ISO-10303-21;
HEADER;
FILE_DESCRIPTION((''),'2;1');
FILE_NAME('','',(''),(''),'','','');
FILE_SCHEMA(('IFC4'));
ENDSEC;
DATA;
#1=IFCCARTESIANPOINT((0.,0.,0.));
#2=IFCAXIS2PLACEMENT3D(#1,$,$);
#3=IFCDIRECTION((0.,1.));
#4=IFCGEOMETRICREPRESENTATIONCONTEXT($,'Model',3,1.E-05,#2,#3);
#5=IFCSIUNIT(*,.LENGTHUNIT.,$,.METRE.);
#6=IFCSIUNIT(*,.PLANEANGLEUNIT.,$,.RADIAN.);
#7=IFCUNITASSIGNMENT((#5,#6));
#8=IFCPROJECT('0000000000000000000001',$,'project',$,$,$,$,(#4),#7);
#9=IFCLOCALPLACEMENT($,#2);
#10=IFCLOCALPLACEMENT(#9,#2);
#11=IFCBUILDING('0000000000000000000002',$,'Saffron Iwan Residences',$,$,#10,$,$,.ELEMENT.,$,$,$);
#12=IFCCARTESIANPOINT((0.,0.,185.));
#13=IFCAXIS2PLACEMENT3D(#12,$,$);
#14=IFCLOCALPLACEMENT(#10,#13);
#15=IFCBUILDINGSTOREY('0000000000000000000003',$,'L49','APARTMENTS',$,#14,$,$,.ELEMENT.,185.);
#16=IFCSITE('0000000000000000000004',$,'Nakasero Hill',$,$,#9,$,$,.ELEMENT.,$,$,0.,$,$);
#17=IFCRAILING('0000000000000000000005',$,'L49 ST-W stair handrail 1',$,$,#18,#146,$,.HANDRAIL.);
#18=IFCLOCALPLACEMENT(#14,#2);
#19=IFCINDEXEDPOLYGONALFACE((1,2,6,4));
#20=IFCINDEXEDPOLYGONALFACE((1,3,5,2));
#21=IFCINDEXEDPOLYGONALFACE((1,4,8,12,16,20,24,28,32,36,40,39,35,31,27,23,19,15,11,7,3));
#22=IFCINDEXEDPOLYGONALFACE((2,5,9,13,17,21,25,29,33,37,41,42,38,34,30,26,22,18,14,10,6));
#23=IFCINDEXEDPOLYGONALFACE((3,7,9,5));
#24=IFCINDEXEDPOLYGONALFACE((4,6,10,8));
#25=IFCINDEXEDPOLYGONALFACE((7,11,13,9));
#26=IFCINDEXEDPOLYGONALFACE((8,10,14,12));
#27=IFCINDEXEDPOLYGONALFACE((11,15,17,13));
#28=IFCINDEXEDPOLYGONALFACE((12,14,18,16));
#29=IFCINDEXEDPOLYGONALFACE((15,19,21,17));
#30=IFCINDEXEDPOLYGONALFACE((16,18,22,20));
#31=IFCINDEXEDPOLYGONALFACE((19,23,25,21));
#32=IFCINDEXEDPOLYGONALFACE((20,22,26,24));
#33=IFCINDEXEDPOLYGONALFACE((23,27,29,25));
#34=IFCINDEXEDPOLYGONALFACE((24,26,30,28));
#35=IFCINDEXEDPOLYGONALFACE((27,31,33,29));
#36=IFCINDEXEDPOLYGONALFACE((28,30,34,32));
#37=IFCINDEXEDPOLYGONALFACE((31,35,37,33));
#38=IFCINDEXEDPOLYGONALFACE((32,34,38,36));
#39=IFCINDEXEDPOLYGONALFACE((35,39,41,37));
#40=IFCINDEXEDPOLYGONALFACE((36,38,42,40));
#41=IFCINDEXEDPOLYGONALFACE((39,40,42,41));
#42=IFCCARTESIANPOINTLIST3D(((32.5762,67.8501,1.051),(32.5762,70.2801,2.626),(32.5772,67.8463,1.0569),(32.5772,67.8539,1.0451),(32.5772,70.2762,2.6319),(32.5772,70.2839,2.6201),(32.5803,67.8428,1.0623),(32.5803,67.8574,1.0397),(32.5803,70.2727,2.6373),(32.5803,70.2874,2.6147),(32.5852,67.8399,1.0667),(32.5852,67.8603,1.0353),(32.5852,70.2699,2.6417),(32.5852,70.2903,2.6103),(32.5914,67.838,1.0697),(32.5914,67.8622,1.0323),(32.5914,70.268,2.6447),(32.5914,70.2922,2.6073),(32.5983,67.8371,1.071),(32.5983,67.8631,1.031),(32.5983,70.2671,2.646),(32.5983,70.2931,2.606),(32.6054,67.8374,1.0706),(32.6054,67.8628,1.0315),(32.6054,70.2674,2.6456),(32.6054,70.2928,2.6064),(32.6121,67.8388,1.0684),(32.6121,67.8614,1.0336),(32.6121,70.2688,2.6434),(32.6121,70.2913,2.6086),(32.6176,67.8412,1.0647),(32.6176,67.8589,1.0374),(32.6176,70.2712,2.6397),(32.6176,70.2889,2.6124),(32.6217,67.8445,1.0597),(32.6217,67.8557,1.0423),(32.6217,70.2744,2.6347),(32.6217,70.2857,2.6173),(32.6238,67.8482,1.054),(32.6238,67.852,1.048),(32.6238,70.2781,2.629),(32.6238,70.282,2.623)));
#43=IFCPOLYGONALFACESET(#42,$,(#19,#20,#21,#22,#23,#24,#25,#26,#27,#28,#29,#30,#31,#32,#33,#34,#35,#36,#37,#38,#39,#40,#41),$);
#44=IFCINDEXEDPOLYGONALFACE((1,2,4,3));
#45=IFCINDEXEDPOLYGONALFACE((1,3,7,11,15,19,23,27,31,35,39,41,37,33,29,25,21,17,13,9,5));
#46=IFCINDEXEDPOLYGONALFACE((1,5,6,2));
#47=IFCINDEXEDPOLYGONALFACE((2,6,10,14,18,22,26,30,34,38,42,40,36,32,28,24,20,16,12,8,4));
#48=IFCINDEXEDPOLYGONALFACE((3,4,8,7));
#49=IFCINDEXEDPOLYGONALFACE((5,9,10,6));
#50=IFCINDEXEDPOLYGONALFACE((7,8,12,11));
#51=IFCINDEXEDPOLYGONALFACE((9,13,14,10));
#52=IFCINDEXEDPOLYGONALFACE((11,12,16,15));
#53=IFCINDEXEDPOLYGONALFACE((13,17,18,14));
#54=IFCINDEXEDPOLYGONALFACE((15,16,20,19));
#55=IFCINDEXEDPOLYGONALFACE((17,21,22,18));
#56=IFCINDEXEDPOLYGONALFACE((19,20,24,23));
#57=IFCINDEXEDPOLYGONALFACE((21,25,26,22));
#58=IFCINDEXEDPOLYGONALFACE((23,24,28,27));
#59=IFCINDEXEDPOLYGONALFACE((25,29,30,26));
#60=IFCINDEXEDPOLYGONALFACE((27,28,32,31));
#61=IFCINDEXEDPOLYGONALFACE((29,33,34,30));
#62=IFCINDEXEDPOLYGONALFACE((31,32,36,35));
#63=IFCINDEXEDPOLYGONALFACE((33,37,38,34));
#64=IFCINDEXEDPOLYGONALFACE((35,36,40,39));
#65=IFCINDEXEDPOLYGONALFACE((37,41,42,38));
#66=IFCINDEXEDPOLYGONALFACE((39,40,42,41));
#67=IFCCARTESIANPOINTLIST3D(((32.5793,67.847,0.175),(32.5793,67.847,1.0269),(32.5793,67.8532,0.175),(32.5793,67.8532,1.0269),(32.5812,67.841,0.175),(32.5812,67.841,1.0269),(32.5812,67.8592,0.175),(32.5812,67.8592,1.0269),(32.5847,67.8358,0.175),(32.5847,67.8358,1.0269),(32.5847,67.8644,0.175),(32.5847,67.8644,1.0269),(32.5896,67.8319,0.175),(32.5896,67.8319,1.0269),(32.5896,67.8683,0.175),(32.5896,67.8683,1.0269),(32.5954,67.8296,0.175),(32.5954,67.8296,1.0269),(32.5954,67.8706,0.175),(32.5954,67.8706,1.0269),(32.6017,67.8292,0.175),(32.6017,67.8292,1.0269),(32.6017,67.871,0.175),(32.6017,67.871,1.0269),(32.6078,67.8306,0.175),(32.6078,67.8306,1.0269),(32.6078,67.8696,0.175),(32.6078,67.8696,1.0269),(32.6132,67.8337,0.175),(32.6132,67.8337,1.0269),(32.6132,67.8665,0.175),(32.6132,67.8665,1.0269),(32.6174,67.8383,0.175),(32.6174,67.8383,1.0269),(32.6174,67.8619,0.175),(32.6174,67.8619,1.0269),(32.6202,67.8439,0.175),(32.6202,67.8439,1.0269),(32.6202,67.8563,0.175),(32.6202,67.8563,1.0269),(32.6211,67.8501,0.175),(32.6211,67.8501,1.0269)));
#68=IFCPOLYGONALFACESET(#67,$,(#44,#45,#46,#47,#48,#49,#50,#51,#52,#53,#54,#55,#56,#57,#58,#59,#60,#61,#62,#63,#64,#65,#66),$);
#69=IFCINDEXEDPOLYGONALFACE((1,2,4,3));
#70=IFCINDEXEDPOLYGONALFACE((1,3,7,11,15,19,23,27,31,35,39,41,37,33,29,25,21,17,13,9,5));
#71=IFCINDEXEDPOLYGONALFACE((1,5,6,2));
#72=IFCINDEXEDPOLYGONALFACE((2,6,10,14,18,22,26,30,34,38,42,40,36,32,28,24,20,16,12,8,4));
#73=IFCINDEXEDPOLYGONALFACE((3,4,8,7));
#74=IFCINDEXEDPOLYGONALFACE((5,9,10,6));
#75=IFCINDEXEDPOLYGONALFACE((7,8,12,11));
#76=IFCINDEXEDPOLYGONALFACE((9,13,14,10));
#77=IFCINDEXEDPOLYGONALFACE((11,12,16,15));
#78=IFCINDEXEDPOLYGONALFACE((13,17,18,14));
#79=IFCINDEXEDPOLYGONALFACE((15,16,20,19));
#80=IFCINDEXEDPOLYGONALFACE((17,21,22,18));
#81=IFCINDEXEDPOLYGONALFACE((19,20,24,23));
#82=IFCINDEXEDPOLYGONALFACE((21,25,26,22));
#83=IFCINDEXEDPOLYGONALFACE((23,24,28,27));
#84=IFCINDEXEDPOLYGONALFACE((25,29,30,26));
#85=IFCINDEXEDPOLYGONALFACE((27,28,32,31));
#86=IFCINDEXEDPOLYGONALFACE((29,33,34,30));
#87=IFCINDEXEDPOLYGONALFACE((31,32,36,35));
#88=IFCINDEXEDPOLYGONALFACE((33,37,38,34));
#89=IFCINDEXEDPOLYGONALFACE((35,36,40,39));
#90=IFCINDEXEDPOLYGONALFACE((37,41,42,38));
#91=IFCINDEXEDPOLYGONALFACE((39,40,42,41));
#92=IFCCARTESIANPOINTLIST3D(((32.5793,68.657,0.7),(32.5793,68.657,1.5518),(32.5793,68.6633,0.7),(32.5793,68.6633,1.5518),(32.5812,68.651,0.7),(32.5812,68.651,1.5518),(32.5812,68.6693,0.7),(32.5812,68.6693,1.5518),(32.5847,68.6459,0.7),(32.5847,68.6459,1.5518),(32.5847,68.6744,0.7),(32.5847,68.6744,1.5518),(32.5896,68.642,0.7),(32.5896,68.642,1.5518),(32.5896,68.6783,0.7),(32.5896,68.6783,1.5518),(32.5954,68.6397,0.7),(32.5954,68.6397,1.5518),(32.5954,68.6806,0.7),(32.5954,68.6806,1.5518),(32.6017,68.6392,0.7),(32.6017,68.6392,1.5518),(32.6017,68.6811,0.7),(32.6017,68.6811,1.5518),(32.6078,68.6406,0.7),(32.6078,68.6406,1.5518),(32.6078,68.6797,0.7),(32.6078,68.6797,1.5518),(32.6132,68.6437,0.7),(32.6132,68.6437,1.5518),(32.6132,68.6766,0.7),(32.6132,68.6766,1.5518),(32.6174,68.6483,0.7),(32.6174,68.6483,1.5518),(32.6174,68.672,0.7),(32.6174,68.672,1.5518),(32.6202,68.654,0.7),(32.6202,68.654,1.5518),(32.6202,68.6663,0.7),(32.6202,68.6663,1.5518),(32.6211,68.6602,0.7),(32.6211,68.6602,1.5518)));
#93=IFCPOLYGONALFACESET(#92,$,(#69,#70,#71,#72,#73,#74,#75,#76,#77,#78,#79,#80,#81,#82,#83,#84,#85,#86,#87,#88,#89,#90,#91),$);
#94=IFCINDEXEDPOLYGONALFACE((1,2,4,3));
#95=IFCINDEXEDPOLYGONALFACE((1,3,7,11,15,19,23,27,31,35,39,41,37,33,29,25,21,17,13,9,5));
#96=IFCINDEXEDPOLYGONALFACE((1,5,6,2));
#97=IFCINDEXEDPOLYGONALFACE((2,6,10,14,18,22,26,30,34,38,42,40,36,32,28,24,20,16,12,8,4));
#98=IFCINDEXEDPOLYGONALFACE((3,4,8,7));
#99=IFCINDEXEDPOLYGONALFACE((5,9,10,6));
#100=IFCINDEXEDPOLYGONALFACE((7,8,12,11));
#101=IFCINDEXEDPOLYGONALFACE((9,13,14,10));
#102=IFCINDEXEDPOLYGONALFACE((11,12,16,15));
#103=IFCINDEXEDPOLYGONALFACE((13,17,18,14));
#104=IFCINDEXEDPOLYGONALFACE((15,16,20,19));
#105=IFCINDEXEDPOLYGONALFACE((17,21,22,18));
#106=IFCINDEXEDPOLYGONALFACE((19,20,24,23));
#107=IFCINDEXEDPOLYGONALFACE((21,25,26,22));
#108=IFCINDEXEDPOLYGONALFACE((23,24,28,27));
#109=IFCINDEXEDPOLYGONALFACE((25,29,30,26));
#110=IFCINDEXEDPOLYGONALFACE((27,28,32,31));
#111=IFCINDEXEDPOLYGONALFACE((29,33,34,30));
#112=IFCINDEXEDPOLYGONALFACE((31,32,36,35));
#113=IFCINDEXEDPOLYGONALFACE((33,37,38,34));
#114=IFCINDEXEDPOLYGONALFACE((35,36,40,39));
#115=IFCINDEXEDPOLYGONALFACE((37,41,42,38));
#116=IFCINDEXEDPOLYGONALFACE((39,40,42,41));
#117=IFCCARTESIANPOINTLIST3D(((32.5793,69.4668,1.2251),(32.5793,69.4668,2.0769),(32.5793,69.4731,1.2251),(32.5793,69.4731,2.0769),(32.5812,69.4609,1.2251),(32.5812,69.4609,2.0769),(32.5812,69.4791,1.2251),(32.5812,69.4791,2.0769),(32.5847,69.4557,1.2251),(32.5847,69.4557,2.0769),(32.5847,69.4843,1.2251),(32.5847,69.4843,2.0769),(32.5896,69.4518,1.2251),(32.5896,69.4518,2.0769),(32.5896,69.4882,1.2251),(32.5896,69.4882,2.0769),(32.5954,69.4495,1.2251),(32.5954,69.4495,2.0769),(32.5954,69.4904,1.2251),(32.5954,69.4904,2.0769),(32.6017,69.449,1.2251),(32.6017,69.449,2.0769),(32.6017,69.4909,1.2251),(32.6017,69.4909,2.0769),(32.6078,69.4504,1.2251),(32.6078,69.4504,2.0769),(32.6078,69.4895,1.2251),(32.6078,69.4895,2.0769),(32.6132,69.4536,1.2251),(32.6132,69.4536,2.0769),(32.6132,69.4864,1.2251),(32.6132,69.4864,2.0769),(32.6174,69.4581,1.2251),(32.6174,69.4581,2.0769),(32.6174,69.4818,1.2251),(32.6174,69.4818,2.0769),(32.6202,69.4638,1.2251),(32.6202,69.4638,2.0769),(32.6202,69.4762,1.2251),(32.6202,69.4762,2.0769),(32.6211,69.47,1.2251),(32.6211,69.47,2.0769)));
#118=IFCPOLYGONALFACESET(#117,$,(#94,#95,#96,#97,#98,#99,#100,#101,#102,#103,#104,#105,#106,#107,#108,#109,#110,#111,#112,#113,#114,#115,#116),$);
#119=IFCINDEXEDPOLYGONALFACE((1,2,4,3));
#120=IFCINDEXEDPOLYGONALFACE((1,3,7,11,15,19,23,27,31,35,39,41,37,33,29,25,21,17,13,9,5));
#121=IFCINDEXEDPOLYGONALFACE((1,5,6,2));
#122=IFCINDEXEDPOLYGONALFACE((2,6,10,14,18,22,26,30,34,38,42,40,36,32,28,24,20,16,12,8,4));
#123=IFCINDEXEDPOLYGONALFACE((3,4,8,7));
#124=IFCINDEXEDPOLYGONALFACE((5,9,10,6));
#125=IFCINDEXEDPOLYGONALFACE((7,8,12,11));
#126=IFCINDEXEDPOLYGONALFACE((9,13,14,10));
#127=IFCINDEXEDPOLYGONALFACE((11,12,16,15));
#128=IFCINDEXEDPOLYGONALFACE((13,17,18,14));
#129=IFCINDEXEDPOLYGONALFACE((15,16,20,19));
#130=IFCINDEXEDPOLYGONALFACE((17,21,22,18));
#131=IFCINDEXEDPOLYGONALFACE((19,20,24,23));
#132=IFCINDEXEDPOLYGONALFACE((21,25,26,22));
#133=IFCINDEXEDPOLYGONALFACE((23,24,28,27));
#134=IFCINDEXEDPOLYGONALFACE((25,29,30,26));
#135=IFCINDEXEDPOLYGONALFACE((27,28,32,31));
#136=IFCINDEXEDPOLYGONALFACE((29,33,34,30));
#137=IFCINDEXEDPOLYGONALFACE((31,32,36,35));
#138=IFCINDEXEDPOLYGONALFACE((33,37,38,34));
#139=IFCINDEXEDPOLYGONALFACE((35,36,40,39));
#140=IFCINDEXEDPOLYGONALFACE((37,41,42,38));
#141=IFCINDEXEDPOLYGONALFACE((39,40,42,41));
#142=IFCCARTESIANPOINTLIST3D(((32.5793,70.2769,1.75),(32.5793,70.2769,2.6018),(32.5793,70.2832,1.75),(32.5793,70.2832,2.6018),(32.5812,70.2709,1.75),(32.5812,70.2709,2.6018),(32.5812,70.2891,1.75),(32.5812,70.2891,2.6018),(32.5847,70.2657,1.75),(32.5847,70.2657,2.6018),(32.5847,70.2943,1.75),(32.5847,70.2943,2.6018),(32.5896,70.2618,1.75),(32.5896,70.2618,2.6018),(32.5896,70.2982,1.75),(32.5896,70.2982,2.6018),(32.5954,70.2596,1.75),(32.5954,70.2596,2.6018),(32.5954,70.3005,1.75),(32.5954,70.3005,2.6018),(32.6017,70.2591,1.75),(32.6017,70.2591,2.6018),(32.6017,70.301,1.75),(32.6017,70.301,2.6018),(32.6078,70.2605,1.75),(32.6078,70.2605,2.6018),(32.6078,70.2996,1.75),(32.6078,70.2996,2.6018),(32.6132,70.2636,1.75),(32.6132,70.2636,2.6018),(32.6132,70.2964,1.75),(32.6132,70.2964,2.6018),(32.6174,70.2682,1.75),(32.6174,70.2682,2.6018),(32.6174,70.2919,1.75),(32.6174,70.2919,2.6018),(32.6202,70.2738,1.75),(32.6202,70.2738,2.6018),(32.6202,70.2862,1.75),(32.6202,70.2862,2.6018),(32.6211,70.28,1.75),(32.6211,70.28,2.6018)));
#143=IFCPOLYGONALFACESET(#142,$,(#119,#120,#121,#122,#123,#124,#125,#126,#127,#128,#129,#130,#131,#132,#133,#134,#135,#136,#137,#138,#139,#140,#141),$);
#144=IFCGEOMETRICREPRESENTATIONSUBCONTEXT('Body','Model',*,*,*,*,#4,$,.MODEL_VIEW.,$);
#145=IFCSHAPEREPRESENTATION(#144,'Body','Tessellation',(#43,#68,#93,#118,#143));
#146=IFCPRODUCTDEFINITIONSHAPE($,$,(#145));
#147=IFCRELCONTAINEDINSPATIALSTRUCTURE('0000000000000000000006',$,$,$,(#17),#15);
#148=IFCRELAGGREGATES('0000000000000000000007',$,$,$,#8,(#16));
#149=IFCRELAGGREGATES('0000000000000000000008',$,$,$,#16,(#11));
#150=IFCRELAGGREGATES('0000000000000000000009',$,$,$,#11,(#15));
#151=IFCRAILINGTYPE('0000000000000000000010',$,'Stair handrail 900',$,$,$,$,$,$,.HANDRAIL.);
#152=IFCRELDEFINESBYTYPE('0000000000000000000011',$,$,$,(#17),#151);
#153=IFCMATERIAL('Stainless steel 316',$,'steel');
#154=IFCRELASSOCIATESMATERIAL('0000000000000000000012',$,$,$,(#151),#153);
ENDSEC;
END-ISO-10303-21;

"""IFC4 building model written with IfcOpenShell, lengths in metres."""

from ifc_helpers import new_model, si_unit, direction, frame, origin, origin_2d, place, context, subcontext, project, spatial, circle, extrude, material, type_object, element, save


model = new_model("IFC4")

# Units and contexts
model_context = context("Model", 3, precision=1e-05, world=origin(), true_north=direction((0.0, 1.0)))
body_context = subcontext(model_context, "Body", "Model", "MODEL_VIEW")
ifc_project = project(units=[si_unit("LENGTHUNIT", "METRE"), si_unit("PLANEANGLEUNIT", "RADIAN")], contexts=[model_context])

# Site, building, storey
site_placement = place(None, origin())
site = spatial("IfcSite", under=ifc_project, at=site_placement, Name="Nakasero Hill", CompositionType="ELEMENT", RefElevation=0.0)
building_placement = place(site_placement, origin())
building = spatial("IfcBuilding", under=site, at=building_placement, Name="Saffron Iwan Residences", CompositionType="ELEMENT")
storey_placement = place(building_placement, frame((0.0, 0.0, 185.0)))
storey = spatial("IfcBuildingStorey", under=building, at=storey_placement, Name="L49", Description="APARTMENTS", CompositionType="ELEMENT", Elevation=185.0)

# Railing
ifc_material_1 = material(Name="Stainless steel 316", Category="steel")
railing_type_1 = type_object("IfcRailingType", Name="Stair handrail 900", PredefinedType="HANDRAIL", material=ifc_material_1)
railing_1_placement = place(storey_placement, frame((32.6001, 67.8501, 0.175)))
element("IfcRailing", 1, at=railing_1_placement, inside=storey, type_object=railing_type_1, Name="L49 ST-W stair handrail 1", PredefinedType="HANDRAIL", context=body_context, shape_type="SweptSolid", body=[
    extrude(circle(Radius=0.0239, at=origin_2d()), frame((0.0, 0.0, 0.876), z_axis=(0.0, 0.839154, 0.543894), x_axis=(-1.0, 0.0, 0.0)), (0.0, 0.0, 1.0), 2.8958),
    extrude(circle(Radius=0.021, at=origin_2d()), origin(), (0.0, 0.0, 1.0), 0.8518),
    extrude(circle(Radius=0.021, at=origin_2d()), frame((0.0, 0.8101, 0.5249)), (0.0, 0.0, 1.0), 0.8518),
    extrude(circle(Radius=0.021, at=origin_2d()), frame((0.0, 1.6199, 1.05)), (0.0, 0.0, 1.0), 0.8518),
    extrude(circle(Radius=0.021, at=origin_2d()), frame((0.0, 2.4299, 1.575)), (0.0, 0.0, 1.0), 0.8518),
])

save(model, "model.ifc")
